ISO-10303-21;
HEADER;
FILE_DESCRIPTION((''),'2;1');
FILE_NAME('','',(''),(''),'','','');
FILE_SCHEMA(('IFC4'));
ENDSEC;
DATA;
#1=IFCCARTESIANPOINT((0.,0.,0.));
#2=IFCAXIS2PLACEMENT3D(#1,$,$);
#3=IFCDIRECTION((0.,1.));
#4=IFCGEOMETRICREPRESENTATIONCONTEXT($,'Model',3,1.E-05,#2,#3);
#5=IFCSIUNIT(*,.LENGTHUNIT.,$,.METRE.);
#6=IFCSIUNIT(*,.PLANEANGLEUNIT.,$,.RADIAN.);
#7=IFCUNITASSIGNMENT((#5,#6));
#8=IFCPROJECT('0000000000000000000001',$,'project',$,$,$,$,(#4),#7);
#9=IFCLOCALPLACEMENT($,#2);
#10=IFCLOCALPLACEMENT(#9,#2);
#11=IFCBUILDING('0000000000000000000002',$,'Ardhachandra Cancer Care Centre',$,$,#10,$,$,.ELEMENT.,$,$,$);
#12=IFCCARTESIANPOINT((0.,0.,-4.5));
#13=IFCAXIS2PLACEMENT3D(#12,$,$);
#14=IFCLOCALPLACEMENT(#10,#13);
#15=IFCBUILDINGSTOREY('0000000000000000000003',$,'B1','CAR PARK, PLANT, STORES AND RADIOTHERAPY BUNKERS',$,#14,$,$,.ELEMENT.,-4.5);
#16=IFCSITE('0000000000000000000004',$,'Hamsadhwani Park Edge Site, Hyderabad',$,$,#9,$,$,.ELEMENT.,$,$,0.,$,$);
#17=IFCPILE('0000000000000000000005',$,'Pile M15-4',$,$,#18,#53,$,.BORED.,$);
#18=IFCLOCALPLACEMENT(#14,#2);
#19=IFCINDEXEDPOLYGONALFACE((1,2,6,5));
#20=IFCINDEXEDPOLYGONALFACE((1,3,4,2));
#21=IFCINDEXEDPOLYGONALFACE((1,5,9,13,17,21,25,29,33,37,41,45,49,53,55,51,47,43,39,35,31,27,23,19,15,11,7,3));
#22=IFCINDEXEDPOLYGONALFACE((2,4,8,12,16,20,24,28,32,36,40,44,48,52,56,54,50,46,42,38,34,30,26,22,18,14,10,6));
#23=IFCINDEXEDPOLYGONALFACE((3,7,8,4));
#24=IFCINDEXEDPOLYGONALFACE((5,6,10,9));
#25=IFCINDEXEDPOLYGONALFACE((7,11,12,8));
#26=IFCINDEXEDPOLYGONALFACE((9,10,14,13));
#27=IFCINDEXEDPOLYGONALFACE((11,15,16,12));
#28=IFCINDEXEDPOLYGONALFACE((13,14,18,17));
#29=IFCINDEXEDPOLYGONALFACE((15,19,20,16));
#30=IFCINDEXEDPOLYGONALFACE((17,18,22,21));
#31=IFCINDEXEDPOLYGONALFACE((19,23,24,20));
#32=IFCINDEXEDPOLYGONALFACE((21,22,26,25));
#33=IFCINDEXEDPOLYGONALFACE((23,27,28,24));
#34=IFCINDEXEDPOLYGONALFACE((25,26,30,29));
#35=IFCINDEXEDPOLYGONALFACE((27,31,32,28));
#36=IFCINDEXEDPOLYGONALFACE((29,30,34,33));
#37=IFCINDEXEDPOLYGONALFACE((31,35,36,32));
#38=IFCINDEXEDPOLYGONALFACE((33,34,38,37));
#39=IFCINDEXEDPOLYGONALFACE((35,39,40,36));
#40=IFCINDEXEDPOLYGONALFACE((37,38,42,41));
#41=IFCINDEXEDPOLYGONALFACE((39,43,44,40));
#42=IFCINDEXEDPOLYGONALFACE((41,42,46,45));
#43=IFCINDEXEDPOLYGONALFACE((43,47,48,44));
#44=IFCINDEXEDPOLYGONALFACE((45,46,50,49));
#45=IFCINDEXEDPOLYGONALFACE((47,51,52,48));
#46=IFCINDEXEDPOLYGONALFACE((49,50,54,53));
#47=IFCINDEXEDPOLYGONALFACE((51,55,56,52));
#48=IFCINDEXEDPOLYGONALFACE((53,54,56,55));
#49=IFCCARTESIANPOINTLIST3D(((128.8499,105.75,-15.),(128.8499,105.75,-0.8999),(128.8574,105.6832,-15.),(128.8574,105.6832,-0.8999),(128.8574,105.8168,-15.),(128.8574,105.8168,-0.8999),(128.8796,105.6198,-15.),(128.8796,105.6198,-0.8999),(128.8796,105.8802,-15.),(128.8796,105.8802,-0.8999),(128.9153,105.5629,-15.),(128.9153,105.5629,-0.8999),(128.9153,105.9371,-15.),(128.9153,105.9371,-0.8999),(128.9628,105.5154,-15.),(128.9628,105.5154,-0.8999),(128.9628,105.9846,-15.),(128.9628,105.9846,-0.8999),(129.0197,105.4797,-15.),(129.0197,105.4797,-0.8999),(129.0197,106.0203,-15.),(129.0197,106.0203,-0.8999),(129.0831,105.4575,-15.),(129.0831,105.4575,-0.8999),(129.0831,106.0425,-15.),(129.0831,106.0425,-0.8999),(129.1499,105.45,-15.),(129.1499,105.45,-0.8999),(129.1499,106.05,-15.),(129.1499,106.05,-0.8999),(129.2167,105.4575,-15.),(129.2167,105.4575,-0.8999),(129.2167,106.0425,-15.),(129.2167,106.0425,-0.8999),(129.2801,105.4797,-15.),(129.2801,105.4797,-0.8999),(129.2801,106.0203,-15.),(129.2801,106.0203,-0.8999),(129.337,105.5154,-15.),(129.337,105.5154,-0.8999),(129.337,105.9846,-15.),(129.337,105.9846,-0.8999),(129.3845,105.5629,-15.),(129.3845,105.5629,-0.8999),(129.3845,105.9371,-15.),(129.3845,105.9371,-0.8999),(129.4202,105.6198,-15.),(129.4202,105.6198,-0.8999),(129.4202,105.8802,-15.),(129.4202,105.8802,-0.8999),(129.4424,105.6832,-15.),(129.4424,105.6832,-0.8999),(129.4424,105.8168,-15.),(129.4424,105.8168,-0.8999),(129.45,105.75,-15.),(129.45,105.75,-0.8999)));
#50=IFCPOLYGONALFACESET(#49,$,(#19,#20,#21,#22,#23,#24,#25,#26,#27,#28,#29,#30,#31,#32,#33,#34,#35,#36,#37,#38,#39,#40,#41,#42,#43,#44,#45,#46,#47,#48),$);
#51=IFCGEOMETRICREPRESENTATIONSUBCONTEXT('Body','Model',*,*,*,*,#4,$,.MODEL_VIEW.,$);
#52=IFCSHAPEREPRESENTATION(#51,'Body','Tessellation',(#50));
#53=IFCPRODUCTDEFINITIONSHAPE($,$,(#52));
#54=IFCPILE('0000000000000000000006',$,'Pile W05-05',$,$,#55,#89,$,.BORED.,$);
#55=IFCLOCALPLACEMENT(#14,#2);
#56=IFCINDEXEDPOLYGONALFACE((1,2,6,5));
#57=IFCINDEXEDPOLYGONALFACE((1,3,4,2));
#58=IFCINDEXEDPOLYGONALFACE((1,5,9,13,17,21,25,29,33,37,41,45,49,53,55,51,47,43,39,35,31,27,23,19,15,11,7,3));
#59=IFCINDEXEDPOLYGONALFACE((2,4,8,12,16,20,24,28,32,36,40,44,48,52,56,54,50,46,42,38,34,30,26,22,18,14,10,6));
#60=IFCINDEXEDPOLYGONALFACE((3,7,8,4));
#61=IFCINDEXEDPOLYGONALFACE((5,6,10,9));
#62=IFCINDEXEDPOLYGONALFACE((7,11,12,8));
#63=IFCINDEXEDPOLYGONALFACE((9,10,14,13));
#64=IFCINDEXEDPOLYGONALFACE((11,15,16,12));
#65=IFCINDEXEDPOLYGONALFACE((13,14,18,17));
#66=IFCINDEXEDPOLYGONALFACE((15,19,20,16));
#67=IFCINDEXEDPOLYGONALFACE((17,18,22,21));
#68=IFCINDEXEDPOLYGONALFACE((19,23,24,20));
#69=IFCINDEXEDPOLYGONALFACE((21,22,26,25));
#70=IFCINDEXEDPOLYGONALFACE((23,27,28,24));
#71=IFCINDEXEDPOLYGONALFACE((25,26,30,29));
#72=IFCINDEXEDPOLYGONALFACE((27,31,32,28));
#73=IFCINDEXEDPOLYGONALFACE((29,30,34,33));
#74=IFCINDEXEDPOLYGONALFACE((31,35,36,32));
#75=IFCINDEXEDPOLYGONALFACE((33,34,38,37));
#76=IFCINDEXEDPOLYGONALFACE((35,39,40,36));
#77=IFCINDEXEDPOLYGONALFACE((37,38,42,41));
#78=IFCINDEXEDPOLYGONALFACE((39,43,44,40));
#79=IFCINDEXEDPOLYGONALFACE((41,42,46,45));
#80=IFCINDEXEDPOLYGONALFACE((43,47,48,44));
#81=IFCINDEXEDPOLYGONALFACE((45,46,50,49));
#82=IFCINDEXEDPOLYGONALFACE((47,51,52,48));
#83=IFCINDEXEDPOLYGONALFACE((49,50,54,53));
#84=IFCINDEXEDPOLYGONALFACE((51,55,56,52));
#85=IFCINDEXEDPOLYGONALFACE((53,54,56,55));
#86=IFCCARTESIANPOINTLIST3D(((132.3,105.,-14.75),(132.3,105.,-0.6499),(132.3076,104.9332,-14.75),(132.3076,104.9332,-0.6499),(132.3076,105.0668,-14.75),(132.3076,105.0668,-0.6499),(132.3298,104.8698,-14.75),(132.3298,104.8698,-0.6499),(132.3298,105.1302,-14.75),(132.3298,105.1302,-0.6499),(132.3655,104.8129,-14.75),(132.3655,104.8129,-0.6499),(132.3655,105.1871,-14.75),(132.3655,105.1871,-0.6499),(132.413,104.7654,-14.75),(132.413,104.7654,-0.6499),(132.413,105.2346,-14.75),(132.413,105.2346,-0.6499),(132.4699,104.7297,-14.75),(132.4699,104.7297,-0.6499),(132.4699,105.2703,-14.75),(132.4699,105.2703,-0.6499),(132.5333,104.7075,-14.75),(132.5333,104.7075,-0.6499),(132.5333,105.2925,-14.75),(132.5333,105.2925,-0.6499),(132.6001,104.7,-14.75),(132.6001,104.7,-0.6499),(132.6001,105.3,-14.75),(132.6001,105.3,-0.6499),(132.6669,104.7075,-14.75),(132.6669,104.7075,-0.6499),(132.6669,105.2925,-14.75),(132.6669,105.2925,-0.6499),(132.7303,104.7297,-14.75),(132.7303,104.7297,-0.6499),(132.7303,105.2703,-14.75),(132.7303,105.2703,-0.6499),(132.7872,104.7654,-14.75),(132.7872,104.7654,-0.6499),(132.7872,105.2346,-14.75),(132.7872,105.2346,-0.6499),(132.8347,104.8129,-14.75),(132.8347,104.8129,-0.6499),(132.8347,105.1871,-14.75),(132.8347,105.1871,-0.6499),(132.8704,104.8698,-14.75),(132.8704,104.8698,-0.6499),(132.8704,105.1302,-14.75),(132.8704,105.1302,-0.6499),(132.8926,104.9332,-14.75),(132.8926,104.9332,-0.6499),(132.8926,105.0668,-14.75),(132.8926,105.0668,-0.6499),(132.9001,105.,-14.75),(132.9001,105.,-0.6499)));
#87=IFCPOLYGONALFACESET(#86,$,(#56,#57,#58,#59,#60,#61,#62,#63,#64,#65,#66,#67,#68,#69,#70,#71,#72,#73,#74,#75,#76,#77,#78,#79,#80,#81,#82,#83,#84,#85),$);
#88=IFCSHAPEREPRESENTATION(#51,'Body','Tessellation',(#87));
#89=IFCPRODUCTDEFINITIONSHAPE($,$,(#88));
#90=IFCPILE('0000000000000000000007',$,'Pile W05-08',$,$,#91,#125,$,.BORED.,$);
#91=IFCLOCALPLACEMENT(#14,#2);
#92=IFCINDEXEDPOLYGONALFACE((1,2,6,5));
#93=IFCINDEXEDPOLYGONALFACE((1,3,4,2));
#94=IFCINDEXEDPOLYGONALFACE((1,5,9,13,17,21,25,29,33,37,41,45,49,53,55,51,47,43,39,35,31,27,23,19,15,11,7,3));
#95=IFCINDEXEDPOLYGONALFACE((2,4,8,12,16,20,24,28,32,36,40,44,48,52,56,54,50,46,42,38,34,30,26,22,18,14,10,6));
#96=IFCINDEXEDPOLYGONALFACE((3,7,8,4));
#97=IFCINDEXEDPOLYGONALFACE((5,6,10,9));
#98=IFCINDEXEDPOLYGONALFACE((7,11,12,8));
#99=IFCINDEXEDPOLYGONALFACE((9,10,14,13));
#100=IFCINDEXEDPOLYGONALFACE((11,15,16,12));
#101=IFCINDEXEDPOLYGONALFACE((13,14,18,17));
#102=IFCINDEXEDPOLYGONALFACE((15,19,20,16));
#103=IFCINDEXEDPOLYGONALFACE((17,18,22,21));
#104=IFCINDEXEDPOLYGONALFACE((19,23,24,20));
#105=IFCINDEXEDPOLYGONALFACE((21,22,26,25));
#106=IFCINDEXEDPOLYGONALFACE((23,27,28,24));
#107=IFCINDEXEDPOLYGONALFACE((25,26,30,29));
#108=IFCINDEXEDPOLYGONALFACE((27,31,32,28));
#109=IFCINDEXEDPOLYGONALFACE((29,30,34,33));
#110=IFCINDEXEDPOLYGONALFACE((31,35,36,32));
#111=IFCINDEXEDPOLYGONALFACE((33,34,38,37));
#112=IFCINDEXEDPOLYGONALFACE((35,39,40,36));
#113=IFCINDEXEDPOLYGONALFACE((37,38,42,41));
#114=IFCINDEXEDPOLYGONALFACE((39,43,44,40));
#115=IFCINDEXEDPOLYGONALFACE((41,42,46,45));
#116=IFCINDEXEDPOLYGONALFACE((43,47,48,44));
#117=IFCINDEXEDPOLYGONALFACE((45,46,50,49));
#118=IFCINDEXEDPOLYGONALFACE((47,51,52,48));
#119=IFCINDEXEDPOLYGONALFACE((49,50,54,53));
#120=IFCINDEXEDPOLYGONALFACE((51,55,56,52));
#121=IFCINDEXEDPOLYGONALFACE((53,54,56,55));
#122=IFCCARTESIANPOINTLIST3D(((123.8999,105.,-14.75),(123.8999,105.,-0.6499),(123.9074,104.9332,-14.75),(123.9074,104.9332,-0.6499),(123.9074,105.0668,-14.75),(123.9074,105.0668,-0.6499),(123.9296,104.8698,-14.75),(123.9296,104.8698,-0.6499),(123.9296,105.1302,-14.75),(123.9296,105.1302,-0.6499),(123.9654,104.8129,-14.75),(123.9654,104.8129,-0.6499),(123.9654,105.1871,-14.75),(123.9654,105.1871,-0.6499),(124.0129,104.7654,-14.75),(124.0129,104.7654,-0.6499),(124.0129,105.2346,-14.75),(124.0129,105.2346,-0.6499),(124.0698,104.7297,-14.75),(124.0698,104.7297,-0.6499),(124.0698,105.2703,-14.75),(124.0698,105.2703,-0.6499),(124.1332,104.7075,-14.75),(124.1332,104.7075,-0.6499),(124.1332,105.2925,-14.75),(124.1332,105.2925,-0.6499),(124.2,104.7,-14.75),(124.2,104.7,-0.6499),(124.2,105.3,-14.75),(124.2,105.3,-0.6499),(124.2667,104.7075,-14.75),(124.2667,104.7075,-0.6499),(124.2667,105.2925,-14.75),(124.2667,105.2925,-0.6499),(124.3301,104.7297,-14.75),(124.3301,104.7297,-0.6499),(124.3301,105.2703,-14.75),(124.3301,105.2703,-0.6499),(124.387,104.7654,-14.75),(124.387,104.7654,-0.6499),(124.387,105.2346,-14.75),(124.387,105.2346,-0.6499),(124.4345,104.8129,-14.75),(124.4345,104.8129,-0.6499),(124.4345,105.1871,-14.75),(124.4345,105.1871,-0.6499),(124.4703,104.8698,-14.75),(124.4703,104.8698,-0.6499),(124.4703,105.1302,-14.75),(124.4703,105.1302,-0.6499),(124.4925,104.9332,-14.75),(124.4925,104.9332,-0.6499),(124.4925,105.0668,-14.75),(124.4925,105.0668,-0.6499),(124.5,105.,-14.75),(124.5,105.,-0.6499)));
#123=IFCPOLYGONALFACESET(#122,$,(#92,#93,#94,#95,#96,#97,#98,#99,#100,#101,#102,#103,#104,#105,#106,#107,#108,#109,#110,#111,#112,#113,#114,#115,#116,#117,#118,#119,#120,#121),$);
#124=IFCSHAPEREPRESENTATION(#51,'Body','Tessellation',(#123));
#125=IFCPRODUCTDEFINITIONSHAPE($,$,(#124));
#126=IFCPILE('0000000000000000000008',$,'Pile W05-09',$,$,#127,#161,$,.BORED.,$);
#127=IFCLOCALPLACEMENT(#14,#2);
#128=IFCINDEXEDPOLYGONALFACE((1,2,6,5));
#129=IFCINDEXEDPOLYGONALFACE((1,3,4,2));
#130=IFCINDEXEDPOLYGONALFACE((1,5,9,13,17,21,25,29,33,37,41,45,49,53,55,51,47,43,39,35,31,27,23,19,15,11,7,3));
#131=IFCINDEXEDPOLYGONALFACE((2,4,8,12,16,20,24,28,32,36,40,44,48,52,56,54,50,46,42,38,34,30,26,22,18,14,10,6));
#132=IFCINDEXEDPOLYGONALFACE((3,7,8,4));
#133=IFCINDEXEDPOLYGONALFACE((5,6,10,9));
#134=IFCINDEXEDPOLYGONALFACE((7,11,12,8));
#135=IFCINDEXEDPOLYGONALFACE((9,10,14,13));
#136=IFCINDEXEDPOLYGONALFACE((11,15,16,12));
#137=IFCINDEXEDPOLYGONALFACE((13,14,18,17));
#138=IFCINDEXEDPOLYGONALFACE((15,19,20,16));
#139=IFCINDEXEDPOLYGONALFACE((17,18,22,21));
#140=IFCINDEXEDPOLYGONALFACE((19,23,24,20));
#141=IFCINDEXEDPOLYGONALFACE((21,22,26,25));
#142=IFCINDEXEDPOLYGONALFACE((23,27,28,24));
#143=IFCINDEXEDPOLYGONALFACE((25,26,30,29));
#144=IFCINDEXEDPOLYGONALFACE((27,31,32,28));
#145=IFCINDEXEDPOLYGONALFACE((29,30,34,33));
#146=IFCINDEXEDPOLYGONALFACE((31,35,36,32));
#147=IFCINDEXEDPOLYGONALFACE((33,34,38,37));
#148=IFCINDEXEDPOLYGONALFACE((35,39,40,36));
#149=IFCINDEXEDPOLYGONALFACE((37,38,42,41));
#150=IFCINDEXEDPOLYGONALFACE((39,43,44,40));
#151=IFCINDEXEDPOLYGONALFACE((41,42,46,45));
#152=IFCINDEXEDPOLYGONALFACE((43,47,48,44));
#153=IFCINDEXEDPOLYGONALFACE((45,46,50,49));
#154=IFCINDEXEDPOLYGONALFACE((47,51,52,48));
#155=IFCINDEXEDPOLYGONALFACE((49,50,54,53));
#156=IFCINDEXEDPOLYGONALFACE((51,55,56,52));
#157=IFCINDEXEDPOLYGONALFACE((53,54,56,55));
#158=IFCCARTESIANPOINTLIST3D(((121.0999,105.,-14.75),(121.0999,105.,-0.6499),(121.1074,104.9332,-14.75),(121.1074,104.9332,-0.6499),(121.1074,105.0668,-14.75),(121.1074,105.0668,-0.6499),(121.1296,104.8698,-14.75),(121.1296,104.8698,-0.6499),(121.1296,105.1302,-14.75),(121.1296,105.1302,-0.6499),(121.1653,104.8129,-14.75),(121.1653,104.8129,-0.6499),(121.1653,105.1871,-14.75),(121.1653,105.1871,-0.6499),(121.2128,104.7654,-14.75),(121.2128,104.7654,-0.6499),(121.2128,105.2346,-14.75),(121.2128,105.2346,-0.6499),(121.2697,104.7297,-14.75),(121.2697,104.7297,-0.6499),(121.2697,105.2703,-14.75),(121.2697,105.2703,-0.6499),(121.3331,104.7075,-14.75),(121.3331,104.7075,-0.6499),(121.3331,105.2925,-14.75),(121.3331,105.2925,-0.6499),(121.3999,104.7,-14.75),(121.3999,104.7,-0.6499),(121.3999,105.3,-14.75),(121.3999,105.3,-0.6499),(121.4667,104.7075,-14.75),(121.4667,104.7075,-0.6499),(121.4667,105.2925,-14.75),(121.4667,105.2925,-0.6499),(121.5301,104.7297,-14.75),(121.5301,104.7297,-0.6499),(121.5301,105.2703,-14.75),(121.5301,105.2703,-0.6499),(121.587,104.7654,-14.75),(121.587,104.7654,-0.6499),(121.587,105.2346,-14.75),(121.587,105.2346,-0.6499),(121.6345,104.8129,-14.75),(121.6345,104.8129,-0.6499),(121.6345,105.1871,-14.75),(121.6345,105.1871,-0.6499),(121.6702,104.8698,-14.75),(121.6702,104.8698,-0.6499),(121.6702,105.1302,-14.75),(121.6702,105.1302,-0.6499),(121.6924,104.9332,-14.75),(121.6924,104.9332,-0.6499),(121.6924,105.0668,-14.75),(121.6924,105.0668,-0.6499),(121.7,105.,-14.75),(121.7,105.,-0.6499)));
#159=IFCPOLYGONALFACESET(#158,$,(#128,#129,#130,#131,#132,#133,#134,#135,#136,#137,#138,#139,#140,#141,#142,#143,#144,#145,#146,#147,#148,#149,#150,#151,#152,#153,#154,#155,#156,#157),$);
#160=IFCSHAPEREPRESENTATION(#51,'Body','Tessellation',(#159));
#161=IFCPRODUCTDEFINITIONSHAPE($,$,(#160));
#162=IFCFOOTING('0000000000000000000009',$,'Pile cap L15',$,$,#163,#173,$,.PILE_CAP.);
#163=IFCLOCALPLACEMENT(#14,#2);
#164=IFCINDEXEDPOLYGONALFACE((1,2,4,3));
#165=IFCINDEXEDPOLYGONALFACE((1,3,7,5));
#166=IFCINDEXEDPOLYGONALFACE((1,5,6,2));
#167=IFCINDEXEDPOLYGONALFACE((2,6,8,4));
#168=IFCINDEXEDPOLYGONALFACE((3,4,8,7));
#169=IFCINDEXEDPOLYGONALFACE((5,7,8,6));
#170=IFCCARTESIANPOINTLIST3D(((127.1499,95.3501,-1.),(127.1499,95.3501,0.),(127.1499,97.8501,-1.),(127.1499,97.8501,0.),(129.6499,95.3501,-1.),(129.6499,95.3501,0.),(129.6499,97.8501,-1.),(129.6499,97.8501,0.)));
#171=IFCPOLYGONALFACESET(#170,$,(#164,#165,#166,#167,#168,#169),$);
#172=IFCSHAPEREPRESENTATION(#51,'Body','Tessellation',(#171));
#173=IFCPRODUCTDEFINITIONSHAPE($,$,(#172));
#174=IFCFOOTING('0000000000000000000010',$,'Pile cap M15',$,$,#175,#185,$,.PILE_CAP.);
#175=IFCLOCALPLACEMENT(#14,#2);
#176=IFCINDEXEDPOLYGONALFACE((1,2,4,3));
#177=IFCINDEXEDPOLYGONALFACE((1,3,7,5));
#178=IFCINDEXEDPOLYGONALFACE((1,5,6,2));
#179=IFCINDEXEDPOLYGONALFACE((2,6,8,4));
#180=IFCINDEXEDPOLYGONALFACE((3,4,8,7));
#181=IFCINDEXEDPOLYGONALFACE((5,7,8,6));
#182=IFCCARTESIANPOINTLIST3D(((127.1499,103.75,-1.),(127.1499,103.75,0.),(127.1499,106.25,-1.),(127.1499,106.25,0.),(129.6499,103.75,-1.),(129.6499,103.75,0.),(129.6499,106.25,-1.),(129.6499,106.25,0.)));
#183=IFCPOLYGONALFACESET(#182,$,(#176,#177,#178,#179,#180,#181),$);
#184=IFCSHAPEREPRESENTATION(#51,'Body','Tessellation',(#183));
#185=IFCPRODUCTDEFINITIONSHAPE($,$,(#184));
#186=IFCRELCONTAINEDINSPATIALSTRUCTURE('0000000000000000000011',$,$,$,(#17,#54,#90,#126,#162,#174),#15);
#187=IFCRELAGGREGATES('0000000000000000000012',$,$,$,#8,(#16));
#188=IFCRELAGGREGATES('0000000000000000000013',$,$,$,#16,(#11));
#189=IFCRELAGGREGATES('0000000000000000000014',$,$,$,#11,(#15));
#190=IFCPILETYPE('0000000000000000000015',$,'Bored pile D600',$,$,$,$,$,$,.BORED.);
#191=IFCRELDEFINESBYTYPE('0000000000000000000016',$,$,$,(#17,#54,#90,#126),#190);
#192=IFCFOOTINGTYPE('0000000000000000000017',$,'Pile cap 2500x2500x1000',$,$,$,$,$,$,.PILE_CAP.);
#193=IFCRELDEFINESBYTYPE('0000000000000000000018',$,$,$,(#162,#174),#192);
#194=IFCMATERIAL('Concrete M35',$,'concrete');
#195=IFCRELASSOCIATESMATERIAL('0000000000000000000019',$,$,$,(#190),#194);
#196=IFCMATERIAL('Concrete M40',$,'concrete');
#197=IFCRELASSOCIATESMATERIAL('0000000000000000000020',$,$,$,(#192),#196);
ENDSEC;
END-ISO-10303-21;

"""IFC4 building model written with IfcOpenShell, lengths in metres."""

from ifc_helpers import new_model, si_unit, direction, frame, origin, origin_2d, place, context, subcontext, project, spatial, rectangle, circle, extrude, material, material_profile, profile_set, type_object, element, save


model = new_model("IFC4")

# Units and contexts
model_context = context("Model", 3, precision=1e-05, world=origin(), true_north=direction((0.0, 1.0)))
body_context = subcontext(model_context, "Body", "Model", "MODEL_VIEW")
ifc_project = project(units=[si_unit("LENGTHUNIT", "METRE"), si_unit("PLANEANGLEUNIT", "RADIAN")], contexts=[model_context])

# Site, building, storey
site_placement = place(None, origin())
site = spatial("IfcSite", under=ifc_project, at=site_placement, Name="Hamsadhwani Park Edge Site, Hyderabad", CompositionType="ELEMENT", RefElevation=0.0)
building_placement = place(site_placement, origin())
building = spatial("IfcBuilding", under=site, at=building_placement, Name="Ardhachandra Cancer Care Centre", CompositionType="ELEMENT")
storey_placement = place(building_placement, frame((0.0, 0.0, -4.5)))
storey = spatial("IfcBuildingStorey", under=building, at=storey_placement, Name="B1", Description="CAR PARK, PLANT, STORES AND RADIOTHERAPY BUNKERS", CompositionType="ELEMENT", Elevation=-4.5)

# Piles
ifc_material_1 = material(Name="Concrete M35", Category="concrete")
ifc_material_profile_1 = material_profile(ifc_material_1, circle(Radius=0.3, at=origin_2d()), Name="D600")
ifc_profile_set_1 = profile_set([ifc_material_profile_1], Name="Concrete M35")
pile_type = type_object("IfcPileType", Name="Bored pile D600", PredefinedType="BORED", material=ifc_profile_set_1)
for number, where, z_axis, x_axis, name in (
    (1, (129.1499, 105.75, -0.8999), (0.0, 0.0, -1.0), (1.0, 0.0, 0.0), "Pile M15-4"),
    (2, (132.6001, 105.0, -0.6499), (0.0, 0.0, -1.0), (1.0, 0.0, 0.0), "Pile W05-05"),
    (3, (124.2, 105.0, -0.6499), (0.0, 0.0, -1.0), (1.0, 0.0, 0.0), "Pile W05-08"),
    (4, (121.3999, 105.0, -0.6499), (0.0, 0.0, -1.0), (1.0, 0.0, 0.0), "Pile W05-09"),
):
    element("IfcPile", number, at=place(storey_placement, frame(where, z_axis=z_axis, x_axis=x_axis)), inside=storey, type_object=pile_type, Name=name, PredefinedType="BORED", context=body_context, shape_type="SweptSolid", body=[
        extrude(circle(Radius=0.3, at=origin_2d()), origin(), (0.0, 0.0, 1.0), 14.1001),
    ])

# Footings
ifc_material_2 = material(Name="Concrete M40", Category="concrete")
footing_type = type_object("IfcFootingType", Name="Pile cap 2500x2500x1000", PredefinedType="PILE_CAP", material=ifc_material_2)
for number, where, z_axis, x_axis, name in (
    (5, (128.3999, 96.6001, -1.0), (0.0, 0.0, 1.0), (1.0, 0.0, 0.0), "Pile cap L15"),
    (6, (128.3999, 105.0, -1.0), (0.0, 0.0, 1.0), (1.0, 0.0, 0.0), "Pile cap M15"),
):
    element("IfcFooting", number, at=place(storey_placement, frame(where, z_axis=z_axis, x_axis=x_axis)), inside=storey, type_object=footing_type, Name=name, PredefinedType="PILE_CAP", context=body_context, shape_type="SweptSolid", body=[
        extrude(rectangle(XDim=2.5, YDim=2.5, at=origin_2d()), origin(), (0.0, 0.0, 1.0), 1.0),
    ])

save(model, "model.ifc")
